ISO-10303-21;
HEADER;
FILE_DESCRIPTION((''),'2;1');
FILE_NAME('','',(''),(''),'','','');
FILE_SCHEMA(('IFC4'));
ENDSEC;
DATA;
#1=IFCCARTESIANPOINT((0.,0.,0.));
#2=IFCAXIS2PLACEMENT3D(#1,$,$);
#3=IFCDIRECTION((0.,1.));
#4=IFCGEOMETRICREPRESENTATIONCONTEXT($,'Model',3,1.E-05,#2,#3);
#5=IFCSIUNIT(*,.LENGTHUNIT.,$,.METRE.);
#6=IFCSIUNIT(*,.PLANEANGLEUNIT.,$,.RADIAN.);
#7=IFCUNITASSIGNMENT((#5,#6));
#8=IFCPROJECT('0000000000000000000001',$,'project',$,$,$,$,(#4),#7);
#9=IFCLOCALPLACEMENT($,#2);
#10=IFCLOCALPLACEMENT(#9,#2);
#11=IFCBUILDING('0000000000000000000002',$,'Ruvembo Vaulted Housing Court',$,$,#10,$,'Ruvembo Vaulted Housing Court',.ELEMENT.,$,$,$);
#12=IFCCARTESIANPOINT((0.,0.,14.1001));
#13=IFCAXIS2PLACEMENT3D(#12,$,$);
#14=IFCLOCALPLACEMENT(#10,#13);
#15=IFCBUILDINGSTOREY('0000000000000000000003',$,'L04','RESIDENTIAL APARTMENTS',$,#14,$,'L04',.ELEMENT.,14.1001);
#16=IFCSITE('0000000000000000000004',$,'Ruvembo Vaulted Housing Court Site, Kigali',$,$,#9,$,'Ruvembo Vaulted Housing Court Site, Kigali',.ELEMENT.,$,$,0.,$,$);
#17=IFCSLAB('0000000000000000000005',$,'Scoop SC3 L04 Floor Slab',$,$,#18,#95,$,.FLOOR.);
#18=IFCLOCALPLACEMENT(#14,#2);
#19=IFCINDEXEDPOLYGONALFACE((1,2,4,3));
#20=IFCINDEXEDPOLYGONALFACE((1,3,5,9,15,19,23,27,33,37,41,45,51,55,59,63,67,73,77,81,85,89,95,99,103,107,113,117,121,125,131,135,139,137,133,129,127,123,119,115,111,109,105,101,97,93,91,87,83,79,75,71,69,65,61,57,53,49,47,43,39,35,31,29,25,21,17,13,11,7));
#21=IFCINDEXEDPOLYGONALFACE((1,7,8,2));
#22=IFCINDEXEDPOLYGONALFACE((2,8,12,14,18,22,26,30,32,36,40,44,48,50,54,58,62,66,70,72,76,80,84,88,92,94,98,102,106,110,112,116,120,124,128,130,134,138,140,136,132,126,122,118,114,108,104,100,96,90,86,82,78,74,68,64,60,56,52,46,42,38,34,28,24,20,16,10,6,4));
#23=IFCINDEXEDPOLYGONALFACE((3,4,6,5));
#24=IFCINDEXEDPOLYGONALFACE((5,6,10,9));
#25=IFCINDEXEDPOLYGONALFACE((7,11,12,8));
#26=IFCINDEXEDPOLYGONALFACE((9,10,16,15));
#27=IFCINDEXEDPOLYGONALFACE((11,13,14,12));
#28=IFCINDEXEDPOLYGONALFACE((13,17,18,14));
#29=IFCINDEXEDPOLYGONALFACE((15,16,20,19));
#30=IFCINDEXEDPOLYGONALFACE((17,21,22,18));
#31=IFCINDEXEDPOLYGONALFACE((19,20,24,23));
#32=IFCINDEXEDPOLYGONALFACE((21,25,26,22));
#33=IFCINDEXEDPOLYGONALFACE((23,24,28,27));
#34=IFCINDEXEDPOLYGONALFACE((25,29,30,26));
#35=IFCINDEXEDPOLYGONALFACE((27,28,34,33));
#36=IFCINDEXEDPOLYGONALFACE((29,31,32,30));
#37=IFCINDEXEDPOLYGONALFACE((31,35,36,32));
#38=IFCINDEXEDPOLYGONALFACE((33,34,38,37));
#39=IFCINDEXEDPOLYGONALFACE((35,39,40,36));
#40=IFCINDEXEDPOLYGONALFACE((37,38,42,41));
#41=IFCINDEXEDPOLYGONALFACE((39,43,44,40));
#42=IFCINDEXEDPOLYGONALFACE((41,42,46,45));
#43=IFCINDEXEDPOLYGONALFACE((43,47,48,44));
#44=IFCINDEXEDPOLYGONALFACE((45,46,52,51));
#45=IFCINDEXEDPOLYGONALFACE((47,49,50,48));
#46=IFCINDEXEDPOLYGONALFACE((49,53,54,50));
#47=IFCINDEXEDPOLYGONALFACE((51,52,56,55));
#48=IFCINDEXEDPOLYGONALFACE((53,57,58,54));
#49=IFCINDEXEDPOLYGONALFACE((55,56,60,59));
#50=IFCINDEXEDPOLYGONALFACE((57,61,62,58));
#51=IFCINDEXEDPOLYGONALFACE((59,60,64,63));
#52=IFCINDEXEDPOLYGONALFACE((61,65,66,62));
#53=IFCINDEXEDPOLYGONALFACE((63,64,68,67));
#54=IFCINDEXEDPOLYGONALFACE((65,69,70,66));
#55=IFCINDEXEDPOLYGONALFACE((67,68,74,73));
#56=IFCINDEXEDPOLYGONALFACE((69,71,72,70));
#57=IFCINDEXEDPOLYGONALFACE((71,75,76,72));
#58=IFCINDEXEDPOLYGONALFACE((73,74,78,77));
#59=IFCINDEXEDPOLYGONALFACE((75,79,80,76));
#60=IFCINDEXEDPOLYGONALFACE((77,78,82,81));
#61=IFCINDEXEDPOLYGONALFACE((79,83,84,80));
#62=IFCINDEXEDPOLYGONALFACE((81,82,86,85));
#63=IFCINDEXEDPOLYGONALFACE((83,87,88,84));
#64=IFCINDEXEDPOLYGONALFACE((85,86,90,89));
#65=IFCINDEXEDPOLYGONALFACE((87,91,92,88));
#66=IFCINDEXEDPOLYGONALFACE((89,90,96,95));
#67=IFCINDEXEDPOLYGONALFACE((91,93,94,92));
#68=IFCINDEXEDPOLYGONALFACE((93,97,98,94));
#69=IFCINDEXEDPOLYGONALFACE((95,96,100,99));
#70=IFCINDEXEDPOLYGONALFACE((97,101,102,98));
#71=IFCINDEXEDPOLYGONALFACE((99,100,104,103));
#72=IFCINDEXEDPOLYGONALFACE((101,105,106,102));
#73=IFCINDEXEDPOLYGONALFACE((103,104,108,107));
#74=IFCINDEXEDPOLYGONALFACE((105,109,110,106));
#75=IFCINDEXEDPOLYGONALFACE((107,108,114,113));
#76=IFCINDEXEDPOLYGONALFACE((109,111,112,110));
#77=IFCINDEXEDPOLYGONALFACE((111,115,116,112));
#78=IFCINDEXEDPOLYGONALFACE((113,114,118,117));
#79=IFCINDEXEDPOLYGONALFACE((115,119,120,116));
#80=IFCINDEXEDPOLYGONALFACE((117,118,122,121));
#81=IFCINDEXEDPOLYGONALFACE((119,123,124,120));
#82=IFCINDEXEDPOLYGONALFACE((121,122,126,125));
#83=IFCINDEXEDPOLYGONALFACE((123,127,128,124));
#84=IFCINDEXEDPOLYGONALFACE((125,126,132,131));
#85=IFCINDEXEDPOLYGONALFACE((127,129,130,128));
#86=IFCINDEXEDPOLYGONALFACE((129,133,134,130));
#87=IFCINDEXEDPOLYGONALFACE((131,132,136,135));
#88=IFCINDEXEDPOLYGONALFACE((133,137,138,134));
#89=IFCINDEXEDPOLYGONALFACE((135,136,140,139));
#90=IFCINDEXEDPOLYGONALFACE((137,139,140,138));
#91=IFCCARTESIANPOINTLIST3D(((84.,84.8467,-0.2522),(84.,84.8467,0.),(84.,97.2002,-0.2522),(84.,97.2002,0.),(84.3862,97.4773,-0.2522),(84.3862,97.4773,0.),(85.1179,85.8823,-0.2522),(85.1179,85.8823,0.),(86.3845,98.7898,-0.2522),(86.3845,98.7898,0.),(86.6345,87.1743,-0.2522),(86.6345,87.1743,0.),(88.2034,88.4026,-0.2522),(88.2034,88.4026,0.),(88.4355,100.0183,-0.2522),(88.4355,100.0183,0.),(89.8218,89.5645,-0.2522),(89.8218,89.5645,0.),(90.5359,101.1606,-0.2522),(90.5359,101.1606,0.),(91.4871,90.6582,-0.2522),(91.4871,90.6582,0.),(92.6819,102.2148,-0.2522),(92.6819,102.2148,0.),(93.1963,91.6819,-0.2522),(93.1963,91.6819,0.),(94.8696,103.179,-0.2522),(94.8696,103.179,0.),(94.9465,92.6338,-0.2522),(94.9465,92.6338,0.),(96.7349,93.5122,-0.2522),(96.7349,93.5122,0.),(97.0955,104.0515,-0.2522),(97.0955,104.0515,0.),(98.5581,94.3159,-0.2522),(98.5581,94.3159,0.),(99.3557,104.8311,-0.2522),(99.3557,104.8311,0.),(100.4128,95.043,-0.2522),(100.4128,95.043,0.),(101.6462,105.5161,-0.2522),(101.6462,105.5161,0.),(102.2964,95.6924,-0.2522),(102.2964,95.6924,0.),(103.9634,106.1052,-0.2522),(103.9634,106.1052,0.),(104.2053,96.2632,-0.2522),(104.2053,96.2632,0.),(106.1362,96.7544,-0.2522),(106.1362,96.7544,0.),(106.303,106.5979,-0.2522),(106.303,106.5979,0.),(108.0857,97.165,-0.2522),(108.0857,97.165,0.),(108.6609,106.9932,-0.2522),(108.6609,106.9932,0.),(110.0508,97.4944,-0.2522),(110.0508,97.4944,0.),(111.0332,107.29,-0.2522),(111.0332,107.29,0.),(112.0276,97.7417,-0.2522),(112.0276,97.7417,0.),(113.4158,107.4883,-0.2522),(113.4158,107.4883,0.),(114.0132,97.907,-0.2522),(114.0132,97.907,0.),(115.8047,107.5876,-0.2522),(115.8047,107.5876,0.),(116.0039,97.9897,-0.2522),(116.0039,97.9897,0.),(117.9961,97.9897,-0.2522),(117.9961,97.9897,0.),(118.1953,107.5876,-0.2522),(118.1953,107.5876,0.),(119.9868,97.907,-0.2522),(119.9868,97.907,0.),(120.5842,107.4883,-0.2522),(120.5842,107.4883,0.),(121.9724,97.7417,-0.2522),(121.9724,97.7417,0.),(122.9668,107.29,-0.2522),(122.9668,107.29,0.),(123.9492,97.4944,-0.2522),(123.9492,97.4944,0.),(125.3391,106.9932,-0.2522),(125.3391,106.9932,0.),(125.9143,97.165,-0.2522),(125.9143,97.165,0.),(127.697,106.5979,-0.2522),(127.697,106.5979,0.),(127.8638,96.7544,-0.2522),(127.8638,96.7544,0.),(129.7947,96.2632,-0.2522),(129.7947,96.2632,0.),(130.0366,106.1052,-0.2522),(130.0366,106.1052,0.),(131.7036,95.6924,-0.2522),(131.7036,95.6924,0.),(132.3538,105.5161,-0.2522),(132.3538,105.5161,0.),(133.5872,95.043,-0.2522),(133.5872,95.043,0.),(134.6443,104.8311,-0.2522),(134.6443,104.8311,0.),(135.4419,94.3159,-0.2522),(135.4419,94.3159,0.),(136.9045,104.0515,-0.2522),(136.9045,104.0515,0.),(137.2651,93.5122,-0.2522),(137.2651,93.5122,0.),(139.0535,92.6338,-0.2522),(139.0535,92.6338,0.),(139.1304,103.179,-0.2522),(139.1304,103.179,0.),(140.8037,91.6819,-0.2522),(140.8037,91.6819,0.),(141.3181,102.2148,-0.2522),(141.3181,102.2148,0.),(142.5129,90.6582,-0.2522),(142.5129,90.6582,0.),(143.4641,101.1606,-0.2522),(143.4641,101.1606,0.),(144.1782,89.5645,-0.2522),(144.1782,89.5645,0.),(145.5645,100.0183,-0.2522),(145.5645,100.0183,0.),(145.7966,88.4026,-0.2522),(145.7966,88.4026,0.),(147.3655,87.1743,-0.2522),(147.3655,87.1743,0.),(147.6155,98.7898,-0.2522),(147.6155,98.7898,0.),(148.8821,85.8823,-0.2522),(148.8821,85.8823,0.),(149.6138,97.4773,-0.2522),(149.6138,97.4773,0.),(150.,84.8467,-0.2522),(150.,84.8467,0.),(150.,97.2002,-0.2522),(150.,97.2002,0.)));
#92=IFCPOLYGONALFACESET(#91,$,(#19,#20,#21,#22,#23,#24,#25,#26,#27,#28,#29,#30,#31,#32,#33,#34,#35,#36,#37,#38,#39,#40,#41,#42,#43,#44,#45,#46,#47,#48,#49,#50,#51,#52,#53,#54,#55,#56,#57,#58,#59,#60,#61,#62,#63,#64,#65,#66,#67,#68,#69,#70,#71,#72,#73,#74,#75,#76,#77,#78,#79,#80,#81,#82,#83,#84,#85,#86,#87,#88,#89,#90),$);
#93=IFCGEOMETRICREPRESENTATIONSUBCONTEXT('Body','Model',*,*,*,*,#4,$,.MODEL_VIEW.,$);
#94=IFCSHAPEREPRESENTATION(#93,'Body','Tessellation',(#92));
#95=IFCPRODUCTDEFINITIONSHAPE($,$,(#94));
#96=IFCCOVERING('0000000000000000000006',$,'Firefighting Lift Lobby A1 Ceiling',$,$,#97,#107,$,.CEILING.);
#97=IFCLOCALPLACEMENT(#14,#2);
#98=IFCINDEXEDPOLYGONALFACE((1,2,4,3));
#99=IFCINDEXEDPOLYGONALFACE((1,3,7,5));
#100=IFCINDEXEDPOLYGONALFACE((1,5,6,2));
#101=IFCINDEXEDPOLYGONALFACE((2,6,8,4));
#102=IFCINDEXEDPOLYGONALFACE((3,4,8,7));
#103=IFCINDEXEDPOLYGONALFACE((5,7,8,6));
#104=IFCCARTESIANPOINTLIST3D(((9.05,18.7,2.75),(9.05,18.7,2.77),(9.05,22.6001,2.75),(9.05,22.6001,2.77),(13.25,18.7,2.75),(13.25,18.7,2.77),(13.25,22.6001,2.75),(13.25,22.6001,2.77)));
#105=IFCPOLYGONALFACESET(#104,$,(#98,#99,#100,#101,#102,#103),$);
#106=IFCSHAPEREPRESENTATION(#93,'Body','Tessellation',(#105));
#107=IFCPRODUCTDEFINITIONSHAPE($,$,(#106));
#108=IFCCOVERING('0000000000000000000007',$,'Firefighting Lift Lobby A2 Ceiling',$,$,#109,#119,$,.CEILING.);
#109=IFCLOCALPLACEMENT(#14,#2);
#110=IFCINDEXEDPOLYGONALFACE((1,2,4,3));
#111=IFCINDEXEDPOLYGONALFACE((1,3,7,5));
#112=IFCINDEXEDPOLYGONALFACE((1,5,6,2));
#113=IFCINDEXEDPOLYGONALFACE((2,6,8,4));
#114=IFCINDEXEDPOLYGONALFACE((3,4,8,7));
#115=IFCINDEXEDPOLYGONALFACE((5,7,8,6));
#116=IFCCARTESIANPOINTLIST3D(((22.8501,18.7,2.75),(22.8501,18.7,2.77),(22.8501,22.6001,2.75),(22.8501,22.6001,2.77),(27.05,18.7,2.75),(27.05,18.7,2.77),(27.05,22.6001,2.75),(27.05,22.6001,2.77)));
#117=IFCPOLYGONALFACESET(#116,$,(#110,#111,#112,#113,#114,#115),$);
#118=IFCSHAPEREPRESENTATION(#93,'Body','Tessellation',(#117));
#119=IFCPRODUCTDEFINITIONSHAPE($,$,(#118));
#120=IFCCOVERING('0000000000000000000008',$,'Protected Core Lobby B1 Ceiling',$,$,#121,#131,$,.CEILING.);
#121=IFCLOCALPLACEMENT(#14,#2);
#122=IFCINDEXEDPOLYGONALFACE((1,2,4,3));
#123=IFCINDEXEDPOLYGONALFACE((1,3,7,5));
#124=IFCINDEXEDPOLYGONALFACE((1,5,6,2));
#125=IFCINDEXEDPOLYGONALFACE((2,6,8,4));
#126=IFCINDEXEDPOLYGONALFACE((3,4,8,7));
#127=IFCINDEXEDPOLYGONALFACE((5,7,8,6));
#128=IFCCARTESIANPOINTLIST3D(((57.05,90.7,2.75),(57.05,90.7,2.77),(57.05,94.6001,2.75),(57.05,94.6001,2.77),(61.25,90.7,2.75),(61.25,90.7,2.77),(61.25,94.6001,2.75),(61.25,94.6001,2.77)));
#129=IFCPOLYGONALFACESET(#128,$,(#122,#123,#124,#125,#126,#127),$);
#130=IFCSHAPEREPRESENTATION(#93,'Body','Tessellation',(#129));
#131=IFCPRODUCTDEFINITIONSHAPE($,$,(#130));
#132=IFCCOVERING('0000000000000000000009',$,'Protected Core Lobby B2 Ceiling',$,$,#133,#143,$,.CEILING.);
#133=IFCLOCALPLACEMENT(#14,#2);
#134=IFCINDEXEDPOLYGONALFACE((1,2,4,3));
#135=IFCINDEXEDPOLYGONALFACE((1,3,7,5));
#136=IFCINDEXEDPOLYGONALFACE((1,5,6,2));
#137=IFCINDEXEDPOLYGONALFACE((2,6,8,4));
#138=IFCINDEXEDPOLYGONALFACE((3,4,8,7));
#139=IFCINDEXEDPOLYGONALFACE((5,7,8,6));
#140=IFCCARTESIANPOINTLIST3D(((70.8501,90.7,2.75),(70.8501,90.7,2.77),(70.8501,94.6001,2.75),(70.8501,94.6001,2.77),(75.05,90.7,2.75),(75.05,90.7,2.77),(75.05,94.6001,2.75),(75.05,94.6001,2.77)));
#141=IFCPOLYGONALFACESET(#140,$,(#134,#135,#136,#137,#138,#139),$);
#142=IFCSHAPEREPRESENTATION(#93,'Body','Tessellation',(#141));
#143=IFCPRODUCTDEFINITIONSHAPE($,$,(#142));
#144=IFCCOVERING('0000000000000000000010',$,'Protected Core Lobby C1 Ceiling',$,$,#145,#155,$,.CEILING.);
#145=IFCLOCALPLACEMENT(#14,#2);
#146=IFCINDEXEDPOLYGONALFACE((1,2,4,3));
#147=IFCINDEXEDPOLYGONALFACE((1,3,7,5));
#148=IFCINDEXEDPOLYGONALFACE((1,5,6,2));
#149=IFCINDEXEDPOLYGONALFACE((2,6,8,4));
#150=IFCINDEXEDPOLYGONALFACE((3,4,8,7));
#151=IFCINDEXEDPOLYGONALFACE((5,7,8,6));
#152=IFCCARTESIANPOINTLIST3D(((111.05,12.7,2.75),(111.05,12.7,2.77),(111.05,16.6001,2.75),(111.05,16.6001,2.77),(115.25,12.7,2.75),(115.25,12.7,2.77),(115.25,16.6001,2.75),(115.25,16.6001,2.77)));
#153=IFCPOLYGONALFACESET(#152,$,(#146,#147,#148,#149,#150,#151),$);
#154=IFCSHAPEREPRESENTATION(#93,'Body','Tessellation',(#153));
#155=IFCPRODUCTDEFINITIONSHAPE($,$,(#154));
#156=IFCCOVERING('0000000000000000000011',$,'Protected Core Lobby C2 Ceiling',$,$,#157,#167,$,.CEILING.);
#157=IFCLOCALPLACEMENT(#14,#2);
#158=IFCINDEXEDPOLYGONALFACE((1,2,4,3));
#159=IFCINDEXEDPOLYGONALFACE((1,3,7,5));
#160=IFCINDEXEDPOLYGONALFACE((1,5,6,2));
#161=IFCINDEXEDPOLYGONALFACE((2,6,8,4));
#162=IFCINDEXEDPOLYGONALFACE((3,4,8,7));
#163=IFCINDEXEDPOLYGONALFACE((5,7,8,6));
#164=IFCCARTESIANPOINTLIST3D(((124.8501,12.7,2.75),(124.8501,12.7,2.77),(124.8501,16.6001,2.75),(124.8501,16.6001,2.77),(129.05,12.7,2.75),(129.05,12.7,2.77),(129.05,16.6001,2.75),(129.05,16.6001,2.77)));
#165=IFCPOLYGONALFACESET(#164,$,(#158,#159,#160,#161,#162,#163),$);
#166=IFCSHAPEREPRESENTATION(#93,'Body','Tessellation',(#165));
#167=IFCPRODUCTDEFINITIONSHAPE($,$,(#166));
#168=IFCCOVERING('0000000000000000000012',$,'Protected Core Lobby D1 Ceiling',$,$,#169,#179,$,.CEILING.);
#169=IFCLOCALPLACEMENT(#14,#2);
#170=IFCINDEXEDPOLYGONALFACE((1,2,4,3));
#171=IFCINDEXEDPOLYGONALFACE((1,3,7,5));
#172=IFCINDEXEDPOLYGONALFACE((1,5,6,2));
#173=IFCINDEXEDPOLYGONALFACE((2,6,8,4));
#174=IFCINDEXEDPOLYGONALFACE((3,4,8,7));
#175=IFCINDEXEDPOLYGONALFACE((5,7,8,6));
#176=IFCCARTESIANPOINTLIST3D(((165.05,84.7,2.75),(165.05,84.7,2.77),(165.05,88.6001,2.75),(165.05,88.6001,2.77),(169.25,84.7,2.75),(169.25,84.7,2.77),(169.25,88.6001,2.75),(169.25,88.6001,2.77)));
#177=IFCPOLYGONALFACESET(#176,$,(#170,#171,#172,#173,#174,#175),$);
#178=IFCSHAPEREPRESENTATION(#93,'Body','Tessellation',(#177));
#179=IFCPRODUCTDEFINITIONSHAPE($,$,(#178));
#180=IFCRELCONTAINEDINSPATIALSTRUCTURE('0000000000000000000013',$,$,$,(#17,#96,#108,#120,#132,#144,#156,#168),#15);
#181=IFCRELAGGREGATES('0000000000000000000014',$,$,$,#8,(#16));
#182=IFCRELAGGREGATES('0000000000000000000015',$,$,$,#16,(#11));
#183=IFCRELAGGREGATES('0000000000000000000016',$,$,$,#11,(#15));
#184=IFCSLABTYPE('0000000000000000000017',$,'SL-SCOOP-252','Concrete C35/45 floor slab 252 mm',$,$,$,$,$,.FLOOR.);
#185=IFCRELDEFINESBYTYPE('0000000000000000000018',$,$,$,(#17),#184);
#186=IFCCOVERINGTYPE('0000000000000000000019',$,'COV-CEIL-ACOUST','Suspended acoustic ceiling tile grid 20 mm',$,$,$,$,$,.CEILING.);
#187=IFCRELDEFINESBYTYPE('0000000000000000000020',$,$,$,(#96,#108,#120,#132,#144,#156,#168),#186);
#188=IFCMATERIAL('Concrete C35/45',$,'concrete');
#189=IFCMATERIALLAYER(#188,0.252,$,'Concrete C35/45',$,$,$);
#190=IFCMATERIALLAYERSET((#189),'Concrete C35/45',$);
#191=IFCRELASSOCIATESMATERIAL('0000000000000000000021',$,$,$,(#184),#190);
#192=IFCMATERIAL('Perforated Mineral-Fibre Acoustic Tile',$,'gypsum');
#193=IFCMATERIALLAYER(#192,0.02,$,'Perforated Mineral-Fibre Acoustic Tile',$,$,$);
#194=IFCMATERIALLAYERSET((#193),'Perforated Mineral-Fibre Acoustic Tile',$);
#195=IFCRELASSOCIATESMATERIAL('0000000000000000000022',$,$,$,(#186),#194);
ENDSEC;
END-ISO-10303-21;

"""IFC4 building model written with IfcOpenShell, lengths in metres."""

from ifc_helpers import new_model, si_unit, direction, frame, origin, place, context, subcontext, project, spatial, polyline, outline, extrude, material, layer, layer_set, type_object, element, save


model = new_model("IFC4")

# Units and contexts
model_context = context("Model", 3, precision=1e-05, world=origin(), true_north=direction((0.0, 1.0)))
body_context = subcontext(model_context, "Body", "Model", "MODEL_VIEW")
ifc_project = project(units=[si_unit("LENGTHUNIT", "METRE"), si_unit("PLANEANGLEUNIT", "RADIAN")], contexts=[model_context])

# Site, building, storey
site_placement = place(None, origin())
site = spatial("IfcSite", under=ifc_project, at=site_placement, Name="Ruvembo Vaulted Housing Court Site, Kigali", LongName="Ruvembo Vaulted Housing Court Site, Kigali", CompositionType="ELEMENT", RefElevation=0.0)
building_placement = place(site_placement, origin())
building = spatial("IfcBuilding", under=site, at=building_placement, Name="Ruvembo Vaulted Housing Court", LongName="Ruvembo Vaulted Housing Court", CompositionType="ELEMENT")
storey_placement = place(building_placement, frame((0.0, 0.0, 14.1001)))
storey = spatial("IfcBuildingStorey", under=building, at=storey_placement, Name="L04", Description="RESIDENTIAL APARTMENTS", LongName="L04", CompositionType="ELEMENT", Elevation=14.1001)

# Shared definitions
ifc_material_1 = material(Name="Concrete C35/45", Category="concrete")

# Slab
ifc_layer_1 = layer(ifc_material_1, 0.252, Name="Concrete C35/45")
ifc_layer_set_1 = layer_set([ifc_layer_1], Name="Concrete C35/45")
slab_type_1 = type_object("IfcSlabType", Name="SL-SCOOP-252", Description="Concrete C35/45 floor slab 252 mm", PredefinedType="FLOOR", material=ifc_layer_set_1)
slab_1_placement = place(storey_placement, frame((0.0, 0.0, -0.2522)))
element("IfcSlab", 1, at=slab_1_placement, inside=storey, type_object=slab_type_1, Name="Scoop SC3 L04 Floor Slab", PredefinedType="FLOOR", context=body_context, shape_type="SweptSolid", body=[
    extrude(outline(polyline([(150.0, 84.8467), (150.0, 97.2002), (149.6138, 97.4773), (147.6155, 98.7898), (145.5645, 100.0183), (143.4641, 101.1606), (141.3181, 102.2148), (139.1304, 103.179), (136.9045, 104.0515), (134.6443, 104.8311), (132.3538, 105.5161), (130.0366, 106.1052), (127.697, 106.5979), (125.3391, 106.9932), (122.9668, 107.29), (120.5842, 107.4883), (118.1953, 107.5876), (115.8047, 107.5876), (113.4158, 107.4883), (111.0332, 107.29), (108.6609, 106.9932), (106.303, 106.5979), (103.9634, 106.1052), (101.6462, 105.5161), (99.3557, 104.8311), (97.0955, 104.0515), (94.8696, 103.179), (92.6819, 102.2148), (90.5359, 101.1606), (88.4355, 100.0183), (86.3845, 98.7898), (84.3862, 97.4773), (84.0, 97.2002), (84.0, 84.8467), (85.1179, 85.8823), (86.6345, 87.1743), (88.2034, 88.4026), (89.8218, 89.5645), (91.4871, 90.6582), (93.1963, 91.6819), (94.9465, 92.6338), (96.7349, 93.5122), (98.5581, 94.3159), (100.4128, 95.043), (102.2964, 95.6924), (104.2053, 96.2632), (106.1362, 96.7544), (108.0857, 97.165), (110.0508, 97.4944), (112.0276, 97.7417), (114.0132, 97.907), (116.0039, 97.9897), (117.9961, 97.9897), (119.9868, 97.907), (121.9724, 97.7417), (123.9492, 97.4944), (125.9143, 97.165), (127.8638, 96.7544), (129.7947, 96.2632), (131.7036, 95.6924), (133.5872, 95.043), (135.4419, 94.3159), (137.2651, 93.5122), (139.0535, 92.6338), (140.8037, 91.6819), (142.5129, 90.6582), (144.1782, 89.5645), (145.7966, 88.4026), (147.3655, 87.1743), (148.8821, 85.8823), (150.0, 84.8467)])), origin(), (0.0, 0.0, 1.0), 0.2522),
])

# Coverings
ifc_material_2 = material(Name="Perforated Mineral-Fibre Acoustic Tile", Category="gypsum")
ifc_layer_2 = layer(ifc_material_2, 0.02, Name="Perforated Mineral-Fibre Acoustic Tile")
ifc_layer_set_2 = layer_set([ifc_layer_2], Name="Perforated Mineral-Fibre Acoustic Tile")
covering_type_1 = type_object("IfcCoveringType", Name="COV-CEIL-ACOUST", Description="Suspended acoustic ceiling tile grid 20 mm", PredefinedType="CEILING", material=ifc_layer_set_2)
covering_1_placement = place(storey_placement, frame((0.0, 0.0, 2.75)))
element("IfcCovering", 2, at=covering_1_placement, inside=storey, type_object=covering_type_1, Name="Firefighting Lift Lobby A1 Ceiling", PredefinedType="CEILING", context=body_context, shape_type="SweptSolid", body=[
    extrude(outline(polyline([(13.25, 22.6001), (9.05, 22.6001), (9.05, 18.7), (13.25, 18.7), (13.25, 22.6001)])), origin(), (0.0, 0.0, 1.0), 0.02),
])
covering_2_placement = place(storey_placement, frame((0.0, 0.0, 2.75)))
element("IfcCovering", 3, at=covering_2_placement, inside=storey, type_object=covering_type_1, Name="Firefighting Lift Lobby A2 Ceiling", PredefinedType="CEILING", context=body_context, shape_type="SweptSolid", body=[
    extrude(outline(polyline([(27.05, 22.6001), (22.8501, 22.6001), (22.8501, 18.7), (27.05, 18.7), (27.05, 22.6001)])), origin(), (0.0, 0.0, 1.0), 0.02),
])
covering_3_placement = place(storey_placement, frame((0.0, 0.0, 2.75)))
element("IfcCovering", 4, at=covering_3_placement, inside=storey, type_object=covering_type_1, Name="Protected Core Lobby B1 Ceiling", PredefinedType="CEILING", context=body_context, shape_type="SweptSolid", body=[
    extrude(outline(polyline([(61.25, 94.6001), (57.05, 94.6001), (57.05, 90.7), (61.25, 90.7), (61.25, 94.6001)])), origin(), (0.0, 0.0, 1.0), 0.02),
])
covering_4_placement = place(storey_placement, frame((0.0, 0.0, 2.75)))
element("IfcCovering", 5, at=covering_4_placement, inside=storey, type_object=covering_type_1, Name="Protected Core Lobby B2 Ceiling", PredefinedType="CEILING", context=body_context, shape_type="SweptSolid", body=[
    extrude(outline(polyline([(75.05, 94.6001), (70.8501, 94.6001), (70.8501, 90.7), (75.05, 90.7), (75.05, 94.6001)])), origin(), (0.0, 0.0, 1.0), 0.02),
])
covering_5_placement = place(storey_placement, frame((0.0, 0.0, 2.75)))
element("IfcCovering", 6, at=covering_5_placement, inside=storey, type_object=covering_type_1, Name="Protected Core Lobby C1 Ceiling", PredefinedType="CEILING", context=body_context, shape_type="SweptSolid", body=[
    extrude(outline(polyline([(115.25, 16.6001), (111.05, 16.6001), (111.05, 12.7), (115.25, 12.7), (115.25, 16.6001)])), origin(), (0.0, 0.0, 1.0), 0.02),
])
covering_6_placement = place(storey_placement, frame((0.0, 0.0, 2.75)))
element("IfcCovering", 7, at=covering_6_placement, inside=storey, type_object=covering_type_1, Name="Protected Core Lobby C2 Ceiling", PredefinedType="CEILING", context=body_context, shape_type="SweptSolid", body=[
    extrude(outline(polyline([(129.05, 16.6001), (124.8501, 16.6001), (124.8501, 12.7), (129.05, 12.7), (129.05, 16.6001)])), origin(), (0.0, 0.0, 1.0), 0.02),
])
covering_7_placement = place(storey_placement, frame((0.0, 0.0, 2.75)))
element("IfcCovering", 8, at=covering_7_placement, inside=storey, type_object=covering_type_1, Name="Protected Core Lobby D1 Ceiling", PredefinedType="CEILING", context=body_context, shape_type="SweptSolid", body=[
    extrude(outline(polyline([(169.25, 88.6001), (165.05, 88.6001), (165.05, 84.7), (169.25, 84.7), (169.25, 88.6001)])), origin(), (0.0, 0.0, 1.0), 0.02),
])

save(model, "model.ifc")
